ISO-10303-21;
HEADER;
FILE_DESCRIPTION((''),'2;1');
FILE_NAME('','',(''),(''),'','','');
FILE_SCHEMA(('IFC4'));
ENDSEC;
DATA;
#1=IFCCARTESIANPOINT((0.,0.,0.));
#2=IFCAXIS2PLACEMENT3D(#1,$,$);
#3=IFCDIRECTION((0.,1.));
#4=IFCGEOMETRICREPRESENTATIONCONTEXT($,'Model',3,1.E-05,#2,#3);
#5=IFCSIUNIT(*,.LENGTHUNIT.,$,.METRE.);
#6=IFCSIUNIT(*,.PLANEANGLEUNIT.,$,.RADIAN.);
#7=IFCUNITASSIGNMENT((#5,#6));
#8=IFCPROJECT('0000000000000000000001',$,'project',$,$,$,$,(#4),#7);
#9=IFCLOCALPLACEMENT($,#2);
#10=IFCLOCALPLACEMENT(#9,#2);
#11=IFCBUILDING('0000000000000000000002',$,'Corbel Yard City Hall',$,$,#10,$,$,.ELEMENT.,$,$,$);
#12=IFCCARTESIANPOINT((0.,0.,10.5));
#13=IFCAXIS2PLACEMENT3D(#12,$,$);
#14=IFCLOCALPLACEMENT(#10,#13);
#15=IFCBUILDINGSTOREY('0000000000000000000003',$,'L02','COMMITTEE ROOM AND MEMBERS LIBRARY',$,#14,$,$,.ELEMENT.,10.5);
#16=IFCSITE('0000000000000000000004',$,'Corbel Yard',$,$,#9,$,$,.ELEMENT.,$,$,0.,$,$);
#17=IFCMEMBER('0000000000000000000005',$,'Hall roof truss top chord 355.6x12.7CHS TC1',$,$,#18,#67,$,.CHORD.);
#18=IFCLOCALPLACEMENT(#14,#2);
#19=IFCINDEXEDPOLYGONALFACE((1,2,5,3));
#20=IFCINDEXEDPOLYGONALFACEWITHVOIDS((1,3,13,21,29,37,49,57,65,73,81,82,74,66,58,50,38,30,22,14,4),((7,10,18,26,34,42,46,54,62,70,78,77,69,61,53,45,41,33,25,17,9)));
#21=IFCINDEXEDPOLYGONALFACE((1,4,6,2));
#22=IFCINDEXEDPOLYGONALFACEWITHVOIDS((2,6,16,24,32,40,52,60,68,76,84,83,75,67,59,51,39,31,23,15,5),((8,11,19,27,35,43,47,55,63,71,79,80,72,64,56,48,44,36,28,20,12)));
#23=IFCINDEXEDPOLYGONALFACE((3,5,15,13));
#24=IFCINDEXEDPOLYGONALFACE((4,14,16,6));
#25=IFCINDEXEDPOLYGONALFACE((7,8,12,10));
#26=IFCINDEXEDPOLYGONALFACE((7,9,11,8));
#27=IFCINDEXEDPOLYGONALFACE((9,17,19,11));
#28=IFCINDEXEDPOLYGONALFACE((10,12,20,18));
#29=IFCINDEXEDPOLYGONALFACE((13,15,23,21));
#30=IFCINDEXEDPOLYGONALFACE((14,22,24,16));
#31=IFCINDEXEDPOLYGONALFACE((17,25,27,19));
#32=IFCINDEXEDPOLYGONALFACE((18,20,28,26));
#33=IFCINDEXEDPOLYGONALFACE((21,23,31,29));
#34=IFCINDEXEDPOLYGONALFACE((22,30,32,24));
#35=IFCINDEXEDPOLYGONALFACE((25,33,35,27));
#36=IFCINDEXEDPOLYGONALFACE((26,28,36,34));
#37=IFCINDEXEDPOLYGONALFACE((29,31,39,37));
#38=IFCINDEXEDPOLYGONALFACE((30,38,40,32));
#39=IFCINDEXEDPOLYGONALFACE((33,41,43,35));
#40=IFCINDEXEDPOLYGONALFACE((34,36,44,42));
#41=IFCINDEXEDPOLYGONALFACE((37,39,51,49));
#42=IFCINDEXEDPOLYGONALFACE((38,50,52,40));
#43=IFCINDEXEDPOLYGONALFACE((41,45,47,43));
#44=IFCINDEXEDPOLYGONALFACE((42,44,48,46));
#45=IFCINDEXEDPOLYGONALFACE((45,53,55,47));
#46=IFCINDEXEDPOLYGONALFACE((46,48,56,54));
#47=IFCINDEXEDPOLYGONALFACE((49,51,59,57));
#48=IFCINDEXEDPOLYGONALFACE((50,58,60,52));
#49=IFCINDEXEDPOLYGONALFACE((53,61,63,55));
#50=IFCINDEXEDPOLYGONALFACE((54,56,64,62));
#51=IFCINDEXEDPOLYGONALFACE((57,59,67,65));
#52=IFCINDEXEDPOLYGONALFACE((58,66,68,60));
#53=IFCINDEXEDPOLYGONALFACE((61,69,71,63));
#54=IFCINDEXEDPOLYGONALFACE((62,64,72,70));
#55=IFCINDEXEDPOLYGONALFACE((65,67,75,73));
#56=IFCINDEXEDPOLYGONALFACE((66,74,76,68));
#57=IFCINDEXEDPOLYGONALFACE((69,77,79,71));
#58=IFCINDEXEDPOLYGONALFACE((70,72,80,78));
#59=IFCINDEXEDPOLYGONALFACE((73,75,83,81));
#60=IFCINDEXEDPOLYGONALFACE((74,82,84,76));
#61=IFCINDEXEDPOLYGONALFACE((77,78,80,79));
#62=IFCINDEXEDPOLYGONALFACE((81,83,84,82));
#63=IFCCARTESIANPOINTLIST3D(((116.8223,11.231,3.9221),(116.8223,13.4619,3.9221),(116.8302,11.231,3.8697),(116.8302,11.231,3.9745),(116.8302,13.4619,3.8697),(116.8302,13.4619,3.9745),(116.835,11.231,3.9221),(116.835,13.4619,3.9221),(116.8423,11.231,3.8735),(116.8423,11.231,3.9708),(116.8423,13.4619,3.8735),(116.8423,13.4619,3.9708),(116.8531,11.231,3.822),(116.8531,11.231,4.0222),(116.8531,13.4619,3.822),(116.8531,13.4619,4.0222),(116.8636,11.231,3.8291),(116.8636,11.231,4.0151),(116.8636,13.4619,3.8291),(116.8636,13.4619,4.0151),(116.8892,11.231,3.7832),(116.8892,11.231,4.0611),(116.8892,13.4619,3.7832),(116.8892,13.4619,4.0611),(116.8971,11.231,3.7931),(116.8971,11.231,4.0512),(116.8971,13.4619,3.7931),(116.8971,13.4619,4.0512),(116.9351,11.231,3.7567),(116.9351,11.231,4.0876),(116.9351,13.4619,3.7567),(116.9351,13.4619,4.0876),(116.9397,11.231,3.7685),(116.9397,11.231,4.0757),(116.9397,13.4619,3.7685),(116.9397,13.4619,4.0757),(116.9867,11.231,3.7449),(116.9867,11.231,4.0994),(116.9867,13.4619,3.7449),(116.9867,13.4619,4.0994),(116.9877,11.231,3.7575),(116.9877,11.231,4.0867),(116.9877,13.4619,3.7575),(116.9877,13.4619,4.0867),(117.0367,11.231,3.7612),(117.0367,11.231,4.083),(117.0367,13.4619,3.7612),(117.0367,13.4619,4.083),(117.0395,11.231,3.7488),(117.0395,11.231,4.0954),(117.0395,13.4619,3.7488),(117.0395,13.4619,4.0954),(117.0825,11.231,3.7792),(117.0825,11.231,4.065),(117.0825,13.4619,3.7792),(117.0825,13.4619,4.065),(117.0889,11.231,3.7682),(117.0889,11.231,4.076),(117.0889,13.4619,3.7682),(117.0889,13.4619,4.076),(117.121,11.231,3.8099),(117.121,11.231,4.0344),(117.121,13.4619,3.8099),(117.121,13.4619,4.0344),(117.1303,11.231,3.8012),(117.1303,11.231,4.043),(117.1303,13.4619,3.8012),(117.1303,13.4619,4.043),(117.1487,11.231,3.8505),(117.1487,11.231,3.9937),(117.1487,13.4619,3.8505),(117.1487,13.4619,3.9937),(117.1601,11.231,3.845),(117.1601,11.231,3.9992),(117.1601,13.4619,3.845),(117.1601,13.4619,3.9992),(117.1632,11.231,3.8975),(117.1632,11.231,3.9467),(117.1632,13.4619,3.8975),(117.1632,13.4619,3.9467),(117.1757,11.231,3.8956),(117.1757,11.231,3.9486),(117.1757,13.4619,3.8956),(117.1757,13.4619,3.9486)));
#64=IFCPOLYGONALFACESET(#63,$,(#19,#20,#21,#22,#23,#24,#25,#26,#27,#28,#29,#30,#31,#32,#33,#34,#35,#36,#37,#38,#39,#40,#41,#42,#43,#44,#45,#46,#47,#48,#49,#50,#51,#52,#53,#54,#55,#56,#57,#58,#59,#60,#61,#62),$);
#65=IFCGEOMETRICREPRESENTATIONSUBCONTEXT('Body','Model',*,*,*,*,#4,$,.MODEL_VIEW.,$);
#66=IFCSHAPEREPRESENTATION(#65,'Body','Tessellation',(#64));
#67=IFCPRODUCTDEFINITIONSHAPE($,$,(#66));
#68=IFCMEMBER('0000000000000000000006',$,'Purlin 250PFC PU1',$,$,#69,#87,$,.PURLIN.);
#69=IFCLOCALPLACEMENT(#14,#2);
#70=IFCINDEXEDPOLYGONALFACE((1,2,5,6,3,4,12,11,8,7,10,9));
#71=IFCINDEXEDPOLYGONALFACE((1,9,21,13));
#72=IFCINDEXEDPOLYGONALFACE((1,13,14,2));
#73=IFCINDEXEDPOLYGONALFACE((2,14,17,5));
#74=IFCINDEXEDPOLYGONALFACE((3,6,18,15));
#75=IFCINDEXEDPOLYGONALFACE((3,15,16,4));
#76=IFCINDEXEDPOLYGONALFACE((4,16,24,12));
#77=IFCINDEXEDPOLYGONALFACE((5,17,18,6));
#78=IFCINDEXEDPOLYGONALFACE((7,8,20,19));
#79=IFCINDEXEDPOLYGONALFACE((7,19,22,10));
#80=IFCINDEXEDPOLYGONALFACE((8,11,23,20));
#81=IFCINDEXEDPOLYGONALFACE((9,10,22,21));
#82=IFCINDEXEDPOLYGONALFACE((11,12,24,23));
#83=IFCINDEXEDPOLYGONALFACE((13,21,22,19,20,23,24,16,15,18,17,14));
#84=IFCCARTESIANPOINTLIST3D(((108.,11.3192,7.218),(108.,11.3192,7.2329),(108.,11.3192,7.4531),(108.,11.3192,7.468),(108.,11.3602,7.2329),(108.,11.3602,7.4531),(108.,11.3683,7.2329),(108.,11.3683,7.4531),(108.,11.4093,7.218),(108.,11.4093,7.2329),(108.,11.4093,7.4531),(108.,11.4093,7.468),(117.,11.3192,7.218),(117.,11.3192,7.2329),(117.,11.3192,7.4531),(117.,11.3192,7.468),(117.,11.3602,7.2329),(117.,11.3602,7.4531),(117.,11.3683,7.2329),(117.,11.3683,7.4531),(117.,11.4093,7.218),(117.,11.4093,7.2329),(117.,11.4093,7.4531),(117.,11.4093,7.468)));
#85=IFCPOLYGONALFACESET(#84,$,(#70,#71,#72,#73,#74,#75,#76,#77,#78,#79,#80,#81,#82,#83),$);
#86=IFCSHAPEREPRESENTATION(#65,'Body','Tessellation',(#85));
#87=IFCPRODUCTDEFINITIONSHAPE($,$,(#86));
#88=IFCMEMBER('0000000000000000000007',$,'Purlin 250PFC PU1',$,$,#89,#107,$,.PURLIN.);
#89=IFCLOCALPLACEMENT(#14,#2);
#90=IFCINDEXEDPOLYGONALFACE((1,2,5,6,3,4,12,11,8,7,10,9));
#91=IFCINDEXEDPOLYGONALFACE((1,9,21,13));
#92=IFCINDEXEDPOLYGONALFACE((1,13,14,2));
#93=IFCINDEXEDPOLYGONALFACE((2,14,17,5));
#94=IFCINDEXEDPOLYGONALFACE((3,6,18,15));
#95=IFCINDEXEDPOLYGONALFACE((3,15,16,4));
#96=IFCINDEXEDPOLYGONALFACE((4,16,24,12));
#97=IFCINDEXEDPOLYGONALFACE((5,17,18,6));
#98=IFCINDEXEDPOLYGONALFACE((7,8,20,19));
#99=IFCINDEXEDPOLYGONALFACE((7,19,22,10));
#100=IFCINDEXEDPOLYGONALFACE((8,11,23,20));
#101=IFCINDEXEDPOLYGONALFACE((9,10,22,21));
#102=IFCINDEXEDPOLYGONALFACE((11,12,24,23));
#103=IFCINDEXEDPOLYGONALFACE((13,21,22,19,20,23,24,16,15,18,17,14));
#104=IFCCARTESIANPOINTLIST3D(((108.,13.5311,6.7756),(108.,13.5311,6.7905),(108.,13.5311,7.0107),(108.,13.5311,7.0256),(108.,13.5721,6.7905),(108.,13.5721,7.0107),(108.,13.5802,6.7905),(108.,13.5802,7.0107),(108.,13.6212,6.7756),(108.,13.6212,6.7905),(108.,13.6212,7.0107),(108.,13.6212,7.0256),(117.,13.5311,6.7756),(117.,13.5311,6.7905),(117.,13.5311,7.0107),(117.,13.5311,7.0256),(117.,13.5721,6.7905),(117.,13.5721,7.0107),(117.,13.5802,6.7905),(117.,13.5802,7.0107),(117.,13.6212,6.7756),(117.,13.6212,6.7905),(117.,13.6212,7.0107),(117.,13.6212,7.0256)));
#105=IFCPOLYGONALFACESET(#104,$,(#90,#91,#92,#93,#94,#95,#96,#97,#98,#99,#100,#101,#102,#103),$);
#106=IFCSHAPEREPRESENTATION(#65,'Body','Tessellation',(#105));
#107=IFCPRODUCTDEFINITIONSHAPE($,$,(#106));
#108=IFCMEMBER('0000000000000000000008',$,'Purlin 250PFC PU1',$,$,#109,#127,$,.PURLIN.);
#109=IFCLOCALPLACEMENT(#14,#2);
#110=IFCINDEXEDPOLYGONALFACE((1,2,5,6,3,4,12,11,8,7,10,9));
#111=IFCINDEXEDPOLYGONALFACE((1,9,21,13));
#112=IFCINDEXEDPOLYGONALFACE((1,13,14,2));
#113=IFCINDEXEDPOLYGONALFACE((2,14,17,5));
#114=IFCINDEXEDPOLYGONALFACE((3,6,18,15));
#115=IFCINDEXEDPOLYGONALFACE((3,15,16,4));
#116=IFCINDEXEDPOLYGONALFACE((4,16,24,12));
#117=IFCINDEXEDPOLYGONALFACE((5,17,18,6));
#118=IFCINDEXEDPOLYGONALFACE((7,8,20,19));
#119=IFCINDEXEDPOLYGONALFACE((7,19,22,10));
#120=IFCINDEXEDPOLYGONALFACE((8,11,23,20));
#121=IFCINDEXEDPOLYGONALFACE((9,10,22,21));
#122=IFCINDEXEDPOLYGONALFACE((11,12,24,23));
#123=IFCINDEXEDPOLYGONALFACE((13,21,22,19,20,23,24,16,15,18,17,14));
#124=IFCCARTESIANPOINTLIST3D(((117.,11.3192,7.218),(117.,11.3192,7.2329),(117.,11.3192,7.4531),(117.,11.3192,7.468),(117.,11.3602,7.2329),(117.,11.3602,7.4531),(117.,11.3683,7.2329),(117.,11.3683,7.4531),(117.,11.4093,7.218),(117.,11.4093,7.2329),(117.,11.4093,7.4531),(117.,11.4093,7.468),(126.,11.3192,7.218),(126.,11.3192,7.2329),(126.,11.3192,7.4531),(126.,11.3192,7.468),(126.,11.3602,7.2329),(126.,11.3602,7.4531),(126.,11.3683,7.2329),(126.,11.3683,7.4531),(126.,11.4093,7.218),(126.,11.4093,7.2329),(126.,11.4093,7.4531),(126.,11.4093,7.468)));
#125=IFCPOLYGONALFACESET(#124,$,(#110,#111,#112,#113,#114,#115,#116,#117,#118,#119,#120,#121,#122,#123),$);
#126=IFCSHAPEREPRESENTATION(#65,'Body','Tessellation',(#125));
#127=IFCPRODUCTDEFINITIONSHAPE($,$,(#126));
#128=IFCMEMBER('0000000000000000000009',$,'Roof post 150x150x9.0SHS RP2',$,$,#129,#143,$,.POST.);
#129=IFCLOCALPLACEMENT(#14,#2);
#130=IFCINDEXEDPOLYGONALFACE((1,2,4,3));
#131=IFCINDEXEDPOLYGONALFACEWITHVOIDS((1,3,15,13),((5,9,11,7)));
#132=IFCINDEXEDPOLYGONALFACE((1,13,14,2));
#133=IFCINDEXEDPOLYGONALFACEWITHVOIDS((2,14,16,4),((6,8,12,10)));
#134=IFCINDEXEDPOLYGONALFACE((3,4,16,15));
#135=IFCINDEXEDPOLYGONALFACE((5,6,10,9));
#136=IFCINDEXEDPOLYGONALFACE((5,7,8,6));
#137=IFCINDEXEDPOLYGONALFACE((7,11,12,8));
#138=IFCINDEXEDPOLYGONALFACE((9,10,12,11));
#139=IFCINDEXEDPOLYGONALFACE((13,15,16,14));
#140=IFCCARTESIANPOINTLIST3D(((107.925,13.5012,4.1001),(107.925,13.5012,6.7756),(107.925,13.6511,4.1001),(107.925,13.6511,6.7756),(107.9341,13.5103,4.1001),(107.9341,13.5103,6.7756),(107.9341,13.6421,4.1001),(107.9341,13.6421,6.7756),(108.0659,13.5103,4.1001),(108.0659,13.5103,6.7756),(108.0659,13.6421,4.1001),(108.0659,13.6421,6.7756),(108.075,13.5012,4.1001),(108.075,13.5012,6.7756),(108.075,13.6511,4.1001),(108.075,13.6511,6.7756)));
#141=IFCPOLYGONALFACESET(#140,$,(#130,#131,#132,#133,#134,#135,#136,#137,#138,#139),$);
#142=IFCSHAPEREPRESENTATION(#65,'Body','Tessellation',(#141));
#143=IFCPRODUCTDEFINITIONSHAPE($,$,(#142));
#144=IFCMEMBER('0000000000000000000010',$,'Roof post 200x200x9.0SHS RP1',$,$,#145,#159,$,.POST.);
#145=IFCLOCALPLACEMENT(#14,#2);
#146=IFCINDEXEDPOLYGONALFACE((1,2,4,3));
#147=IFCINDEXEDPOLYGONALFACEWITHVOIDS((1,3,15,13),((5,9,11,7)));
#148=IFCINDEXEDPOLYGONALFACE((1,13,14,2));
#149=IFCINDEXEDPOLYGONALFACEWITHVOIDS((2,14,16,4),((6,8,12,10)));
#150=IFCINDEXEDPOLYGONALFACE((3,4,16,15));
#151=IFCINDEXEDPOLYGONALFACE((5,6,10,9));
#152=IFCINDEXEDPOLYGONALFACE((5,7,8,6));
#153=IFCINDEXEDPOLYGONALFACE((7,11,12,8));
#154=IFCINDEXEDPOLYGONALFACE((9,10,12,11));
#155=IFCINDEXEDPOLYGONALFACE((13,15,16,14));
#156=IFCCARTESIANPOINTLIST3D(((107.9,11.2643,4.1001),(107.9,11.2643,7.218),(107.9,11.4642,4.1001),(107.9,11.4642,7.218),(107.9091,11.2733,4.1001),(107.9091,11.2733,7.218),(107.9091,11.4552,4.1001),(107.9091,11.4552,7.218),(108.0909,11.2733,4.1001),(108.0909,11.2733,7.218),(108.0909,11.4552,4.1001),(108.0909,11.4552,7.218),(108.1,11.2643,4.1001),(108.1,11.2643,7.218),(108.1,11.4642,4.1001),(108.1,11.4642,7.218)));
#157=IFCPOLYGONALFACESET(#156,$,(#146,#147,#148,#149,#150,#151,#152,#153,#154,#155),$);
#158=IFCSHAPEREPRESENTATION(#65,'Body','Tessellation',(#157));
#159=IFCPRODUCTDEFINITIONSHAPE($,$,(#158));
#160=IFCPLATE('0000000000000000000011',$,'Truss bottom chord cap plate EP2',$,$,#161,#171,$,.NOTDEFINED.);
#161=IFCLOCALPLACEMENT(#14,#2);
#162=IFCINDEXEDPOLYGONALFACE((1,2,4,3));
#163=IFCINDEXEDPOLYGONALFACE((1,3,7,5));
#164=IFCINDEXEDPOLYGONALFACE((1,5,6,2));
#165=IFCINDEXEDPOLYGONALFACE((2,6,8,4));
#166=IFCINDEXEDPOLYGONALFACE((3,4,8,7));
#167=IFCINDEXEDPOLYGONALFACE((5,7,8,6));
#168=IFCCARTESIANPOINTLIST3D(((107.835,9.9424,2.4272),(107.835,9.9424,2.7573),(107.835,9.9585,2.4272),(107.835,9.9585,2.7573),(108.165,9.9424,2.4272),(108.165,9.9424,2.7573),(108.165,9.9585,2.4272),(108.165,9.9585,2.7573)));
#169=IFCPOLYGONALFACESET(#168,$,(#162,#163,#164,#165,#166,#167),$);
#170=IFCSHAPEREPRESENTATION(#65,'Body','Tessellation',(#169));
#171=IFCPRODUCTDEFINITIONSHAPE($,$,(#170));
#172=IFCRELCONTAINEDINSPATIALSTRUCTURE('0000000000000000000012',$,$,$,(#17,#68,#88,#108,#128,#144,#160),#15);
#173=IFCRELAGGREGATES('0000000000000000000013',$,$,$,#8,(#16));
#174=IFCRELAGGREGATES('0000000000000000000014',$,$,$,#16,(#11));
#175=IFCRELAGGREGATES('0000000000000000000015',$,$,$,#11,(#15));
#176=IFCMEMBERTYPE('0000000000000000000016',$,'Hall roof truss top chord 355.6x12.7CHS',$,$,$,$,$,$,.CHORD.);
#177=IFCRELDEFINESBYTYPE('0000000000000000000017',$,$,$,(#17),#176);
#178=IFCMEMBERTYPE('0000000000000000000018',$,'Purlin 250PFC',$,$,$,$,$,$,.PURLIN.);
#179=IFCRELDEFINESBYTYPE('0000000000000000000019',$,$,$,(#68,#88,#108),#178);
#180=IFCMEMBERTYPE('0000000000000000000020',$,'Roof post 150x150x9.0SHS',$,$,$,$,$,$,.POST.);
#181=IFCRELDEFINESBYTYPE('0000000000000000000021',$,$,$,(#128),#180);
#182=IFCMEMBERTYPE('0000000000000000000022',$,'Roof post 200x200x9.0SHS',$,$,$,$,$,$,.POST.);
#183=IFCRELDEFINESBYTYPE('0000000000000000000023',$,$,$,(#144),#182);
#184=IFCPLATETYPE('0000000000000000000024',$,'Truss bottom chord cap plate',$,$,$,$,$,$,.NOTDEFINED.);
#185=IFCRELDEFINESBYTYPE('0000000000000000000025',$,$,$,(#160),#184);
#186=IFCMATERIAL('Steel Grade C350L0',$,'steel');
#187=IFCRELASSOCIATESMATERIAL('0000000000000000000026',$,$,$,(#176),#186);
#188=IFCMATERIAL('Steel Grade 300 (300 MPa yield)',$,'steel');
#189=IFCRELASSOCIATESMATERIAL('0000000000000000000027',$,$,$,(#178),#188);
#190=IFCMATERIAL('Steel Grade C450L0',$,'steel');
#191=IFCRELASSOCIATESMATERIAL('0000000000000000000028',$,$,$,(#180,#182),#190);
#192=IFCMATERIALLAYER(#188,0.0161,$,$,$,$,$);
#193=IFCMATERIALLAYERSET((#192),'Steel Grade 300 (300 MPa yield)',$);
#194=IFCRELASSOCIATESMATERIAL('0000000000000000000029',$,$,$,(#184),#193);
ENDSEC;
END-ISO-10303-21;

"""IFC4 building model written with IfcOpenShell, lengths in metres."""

from ifc_helpers import new_model, si_unit, direction, frame, origin, origin_2d, place, context, subcontext, project, spatial, rectangle, hollow_rectangle, hollow_circle, i_section, extrude, material, layer, layer_set, material_profile, profile_set, type_object, element, save


model = new_model("IFC4")

# Units and contexts
model_context = context("Model", 3, precision=1e-05, world=origin(), true_north=direction((0.0, 1.0)))
body_context = subcontext(model_context, "Body", "Model", "MODEL_VIEW")
ifc_project = project(units=[si_unit("LENGTHUNIT", "METRE"), si_unit("PLANEANGLEUNIT", "RADIAN")], contexts=[model_context])

# Site, building, storey
site_placement = place(None, origin())
site = spatial("IfcSite", under=ifc_project, at=site_placement, Name="Corbel Yard", CompositionType="ELEMENT", RefElevation=0.0)
building_placement = place(site_placement, origin())
building = spatial("IfcBuilding", under=site, at=building_placement, Name="Corbel Yard City Hall", CompositionType="ELEMENT")
storey_placement = place(building_placement, frame((0.0, 0.0, 10.5)))
storey = spatial("IfcBuildingStorey", under=building, at=storey_placement, Name="L02", Description="COMMITTEE ROOM AND MEMBERS LIBRARY", CompositionType="ELEMENT", Elevation=10.5)

# Shared definitions
ifc_material_1 = material(Name="Steel Grade 300 (300 MPa yield)", Category="steel")

# Members
ifc_material_2 = material(Name="Steel Grade C350L0", Category="steel")
ifc_material_profile_1 = material_profile(ifc_material_2, hollow_circle(Radius=0.1777, WallThickness=0.0127, at=origin_2d()), Name="355.6x12.7CHS")
ifc_profile_set_1 = profile_set([ifc_material_profile_1], Name="Steel Grade C350L0")
member_type_1 = type_object("IfcMemberType", Name="Hall roof truss top chord 355.6x12.7CHS", PredefinedType="CHORD", material=ifc_profile_set_1)
member_1_placement = place(storey_placement, frame((117.0, 11.231, 3.9221), z_axis=(0.0, 1.0, 0.0), x_axis=(-1.0, 0.0, 0.0)))
element("IfcMember", 1, at=member_1_placement, inside=storey, type_object=member_type_1, Name="Hall roof truss top chord 355.6x12.7CHS TC1", PredefinedType="CHORD", context=body_context, shape_type="SweptSolid", body=[
    extrude(hollow_circle(Radius=0.1777, WallThickness=0.0127, at=origin_2d()), origin(), (0.0, 0.0, 1.0), 2.231),
])
ifc_material_profile_2 = material_profile(ifc_material_1, i_section(OverallWidth=0.0901, OverallDepth=0.25, WebThickness=0.0081, FlangeThickness=0.0149, at=origin_2d()), Name="250PFC")
ifc_profile_set_2 = profile_set([ifc_material_profile_2], Name="Steel Grade 300 (300 MPa yield)")
member_type_2 = type_object("IfcMemberType", Name="Purlin 250PFC", PredefinedType="PURLIN", material=ifc_profile_set_2)
for number, where, z_axis, x_axis, name in (
    (2, (108.0, 11.3643, 7.343), (1.0, 0.0, 0.0), (0.0, 1.0, 0.0), "Purlin 250PFC PU1"),
    (3, (108.0, 13.5762, 6.9006), (1.0, 0.0, 0.0), (0.0, 1.0, 0.0), "Purlin 250PFC PU1"),
    (4, (117.0, 11.3643, 7.343), (1.0, 0.0, 0.0), (0.0, 1.0, 0.0), "Purlin 250PFC PU1"),
):
    element("IfcMember", number, at=place(storey_placement, frame(where, z_axis=z_axis, x_axis=x_axis)), inside=storey, type_object=member_type_2, Name=name, PredefinedType="PURLIN", context=body_context, shape_type="SweptSolid", body=[
        extrude(i_section(OverallWidth=0.0901, OverallDepth=0.25, WebThickness=0.0081, FlangeThickness=0.0149, at=origin_2d()), origin(), (0.0, 0.0, 1.0), 9.0),
    ])
ifc_material_3 = material(Name="Steel Grade C450L0", Category="steel")
ifc_material_profile_3 = material_profile(ifc_material_3, hollow_rectangle(XDim=0.1499, YDim=0.1499, WallThickness=0.009, at=origin_2d()), Name="150x150x9.0SHS")
ifc_profile_set_3 = profile_set([ifc_material_profile_3], Name="Steel Grade C450L0")
member_type_3 = type_object("IfcMemberType", Name="Roof post 150x150x9.0SHS", PredefinedType="POST", material=ifc_profile_set_3)
member_2_placement = place(storey_placement, frame((108.0, 13.5762, 4.1001), z_axis=(0.0, 0.0, 1.0), x_axis=(1.0, 0.0, 0.0)))
element("IfcMember", 5, at=member_2_placement, inside=storey, type_object=member_type_3, Name="Roof post 150x150x9.0SHS RP2", PredefinedType="POST", context=body_context, shape_type="SweptSolid", body=[
    extrude(hollow_rectangle(XDim=0.1499, YDim=0.1499, WallThickness=0.009, at=origin_2d()), origin(), (0.0, 0.0, 1.0), 2.6755),
])
ifc_material_profile_4 = material_profile(ifc_material_3, hollow_rectangle(XDim=0.2, YDim=0.2, WallThickness=0.009, at=origin_2d()), Name="200x200x9.0SHS")
ifc_profile_set_4 = profile_set([ifc_material_profile_4], Name="Steel Grade C450L0")
member_type_4 = type_object("IfcMemberType", Name="Roof post 200x200x9.0SHS", PredefinedType="POST", material=ifc_profile_set_4)
member_3_placement = place(storey_placement, frame((108.0, 11.3643, 4.1001), z_axis=(0.0, 0.0, 1.0), x_axis=(1.0, 0.0, 0.0)))
element("IfcMember", 6, at=member_3_placement, inside=storey, type_object=member_type_4, Name="Roof post 200x200x9.0SHS RP1", PredefinedType="POST", context=body_context, shape_type="SweptSolid", body=[
    extrude(hollow_rectangle(XDim=0.2, YDim=0.2, WallThickness=0.009, at=origin_2d()), origin(), (0.0, 0.0, 1.0), 3.1179),
])

# Plate
ifc_layer = layer(ifc_material_1, 0.0161)
ifc_layer_set = layer_set([ifc_layer], Name="Steel Grade 300 (300 MPa yield)")
plate_type = type_object("IfcPlateType", Name="Truss bottom chord cap plate", PredefinedType="NOTDEFINED", material=ifc_layer_set)
plate_placement = place(storey_placement, frame((108.0, 9.9504, 2.4272), z_axis=(0.0, 0.0, 1.0), x_axis=(1.0, 0.0, 0.0)))
element("IfcPlate", 7, at=plate_placement, inside=storey, type_object=plate_type, Name="Truss bottom chord cap plate EP2", PredefinedType="NOTDEFINED", context=body_context, shape_type="SweptSolid", body=[
    extrude(rectangle(XDim=0.3301, YDim=0.0161, at=origin_2d()), origin(), (0.0, 0.0, 1.0), 0.3301),
])

save(model, "model.ifc")
